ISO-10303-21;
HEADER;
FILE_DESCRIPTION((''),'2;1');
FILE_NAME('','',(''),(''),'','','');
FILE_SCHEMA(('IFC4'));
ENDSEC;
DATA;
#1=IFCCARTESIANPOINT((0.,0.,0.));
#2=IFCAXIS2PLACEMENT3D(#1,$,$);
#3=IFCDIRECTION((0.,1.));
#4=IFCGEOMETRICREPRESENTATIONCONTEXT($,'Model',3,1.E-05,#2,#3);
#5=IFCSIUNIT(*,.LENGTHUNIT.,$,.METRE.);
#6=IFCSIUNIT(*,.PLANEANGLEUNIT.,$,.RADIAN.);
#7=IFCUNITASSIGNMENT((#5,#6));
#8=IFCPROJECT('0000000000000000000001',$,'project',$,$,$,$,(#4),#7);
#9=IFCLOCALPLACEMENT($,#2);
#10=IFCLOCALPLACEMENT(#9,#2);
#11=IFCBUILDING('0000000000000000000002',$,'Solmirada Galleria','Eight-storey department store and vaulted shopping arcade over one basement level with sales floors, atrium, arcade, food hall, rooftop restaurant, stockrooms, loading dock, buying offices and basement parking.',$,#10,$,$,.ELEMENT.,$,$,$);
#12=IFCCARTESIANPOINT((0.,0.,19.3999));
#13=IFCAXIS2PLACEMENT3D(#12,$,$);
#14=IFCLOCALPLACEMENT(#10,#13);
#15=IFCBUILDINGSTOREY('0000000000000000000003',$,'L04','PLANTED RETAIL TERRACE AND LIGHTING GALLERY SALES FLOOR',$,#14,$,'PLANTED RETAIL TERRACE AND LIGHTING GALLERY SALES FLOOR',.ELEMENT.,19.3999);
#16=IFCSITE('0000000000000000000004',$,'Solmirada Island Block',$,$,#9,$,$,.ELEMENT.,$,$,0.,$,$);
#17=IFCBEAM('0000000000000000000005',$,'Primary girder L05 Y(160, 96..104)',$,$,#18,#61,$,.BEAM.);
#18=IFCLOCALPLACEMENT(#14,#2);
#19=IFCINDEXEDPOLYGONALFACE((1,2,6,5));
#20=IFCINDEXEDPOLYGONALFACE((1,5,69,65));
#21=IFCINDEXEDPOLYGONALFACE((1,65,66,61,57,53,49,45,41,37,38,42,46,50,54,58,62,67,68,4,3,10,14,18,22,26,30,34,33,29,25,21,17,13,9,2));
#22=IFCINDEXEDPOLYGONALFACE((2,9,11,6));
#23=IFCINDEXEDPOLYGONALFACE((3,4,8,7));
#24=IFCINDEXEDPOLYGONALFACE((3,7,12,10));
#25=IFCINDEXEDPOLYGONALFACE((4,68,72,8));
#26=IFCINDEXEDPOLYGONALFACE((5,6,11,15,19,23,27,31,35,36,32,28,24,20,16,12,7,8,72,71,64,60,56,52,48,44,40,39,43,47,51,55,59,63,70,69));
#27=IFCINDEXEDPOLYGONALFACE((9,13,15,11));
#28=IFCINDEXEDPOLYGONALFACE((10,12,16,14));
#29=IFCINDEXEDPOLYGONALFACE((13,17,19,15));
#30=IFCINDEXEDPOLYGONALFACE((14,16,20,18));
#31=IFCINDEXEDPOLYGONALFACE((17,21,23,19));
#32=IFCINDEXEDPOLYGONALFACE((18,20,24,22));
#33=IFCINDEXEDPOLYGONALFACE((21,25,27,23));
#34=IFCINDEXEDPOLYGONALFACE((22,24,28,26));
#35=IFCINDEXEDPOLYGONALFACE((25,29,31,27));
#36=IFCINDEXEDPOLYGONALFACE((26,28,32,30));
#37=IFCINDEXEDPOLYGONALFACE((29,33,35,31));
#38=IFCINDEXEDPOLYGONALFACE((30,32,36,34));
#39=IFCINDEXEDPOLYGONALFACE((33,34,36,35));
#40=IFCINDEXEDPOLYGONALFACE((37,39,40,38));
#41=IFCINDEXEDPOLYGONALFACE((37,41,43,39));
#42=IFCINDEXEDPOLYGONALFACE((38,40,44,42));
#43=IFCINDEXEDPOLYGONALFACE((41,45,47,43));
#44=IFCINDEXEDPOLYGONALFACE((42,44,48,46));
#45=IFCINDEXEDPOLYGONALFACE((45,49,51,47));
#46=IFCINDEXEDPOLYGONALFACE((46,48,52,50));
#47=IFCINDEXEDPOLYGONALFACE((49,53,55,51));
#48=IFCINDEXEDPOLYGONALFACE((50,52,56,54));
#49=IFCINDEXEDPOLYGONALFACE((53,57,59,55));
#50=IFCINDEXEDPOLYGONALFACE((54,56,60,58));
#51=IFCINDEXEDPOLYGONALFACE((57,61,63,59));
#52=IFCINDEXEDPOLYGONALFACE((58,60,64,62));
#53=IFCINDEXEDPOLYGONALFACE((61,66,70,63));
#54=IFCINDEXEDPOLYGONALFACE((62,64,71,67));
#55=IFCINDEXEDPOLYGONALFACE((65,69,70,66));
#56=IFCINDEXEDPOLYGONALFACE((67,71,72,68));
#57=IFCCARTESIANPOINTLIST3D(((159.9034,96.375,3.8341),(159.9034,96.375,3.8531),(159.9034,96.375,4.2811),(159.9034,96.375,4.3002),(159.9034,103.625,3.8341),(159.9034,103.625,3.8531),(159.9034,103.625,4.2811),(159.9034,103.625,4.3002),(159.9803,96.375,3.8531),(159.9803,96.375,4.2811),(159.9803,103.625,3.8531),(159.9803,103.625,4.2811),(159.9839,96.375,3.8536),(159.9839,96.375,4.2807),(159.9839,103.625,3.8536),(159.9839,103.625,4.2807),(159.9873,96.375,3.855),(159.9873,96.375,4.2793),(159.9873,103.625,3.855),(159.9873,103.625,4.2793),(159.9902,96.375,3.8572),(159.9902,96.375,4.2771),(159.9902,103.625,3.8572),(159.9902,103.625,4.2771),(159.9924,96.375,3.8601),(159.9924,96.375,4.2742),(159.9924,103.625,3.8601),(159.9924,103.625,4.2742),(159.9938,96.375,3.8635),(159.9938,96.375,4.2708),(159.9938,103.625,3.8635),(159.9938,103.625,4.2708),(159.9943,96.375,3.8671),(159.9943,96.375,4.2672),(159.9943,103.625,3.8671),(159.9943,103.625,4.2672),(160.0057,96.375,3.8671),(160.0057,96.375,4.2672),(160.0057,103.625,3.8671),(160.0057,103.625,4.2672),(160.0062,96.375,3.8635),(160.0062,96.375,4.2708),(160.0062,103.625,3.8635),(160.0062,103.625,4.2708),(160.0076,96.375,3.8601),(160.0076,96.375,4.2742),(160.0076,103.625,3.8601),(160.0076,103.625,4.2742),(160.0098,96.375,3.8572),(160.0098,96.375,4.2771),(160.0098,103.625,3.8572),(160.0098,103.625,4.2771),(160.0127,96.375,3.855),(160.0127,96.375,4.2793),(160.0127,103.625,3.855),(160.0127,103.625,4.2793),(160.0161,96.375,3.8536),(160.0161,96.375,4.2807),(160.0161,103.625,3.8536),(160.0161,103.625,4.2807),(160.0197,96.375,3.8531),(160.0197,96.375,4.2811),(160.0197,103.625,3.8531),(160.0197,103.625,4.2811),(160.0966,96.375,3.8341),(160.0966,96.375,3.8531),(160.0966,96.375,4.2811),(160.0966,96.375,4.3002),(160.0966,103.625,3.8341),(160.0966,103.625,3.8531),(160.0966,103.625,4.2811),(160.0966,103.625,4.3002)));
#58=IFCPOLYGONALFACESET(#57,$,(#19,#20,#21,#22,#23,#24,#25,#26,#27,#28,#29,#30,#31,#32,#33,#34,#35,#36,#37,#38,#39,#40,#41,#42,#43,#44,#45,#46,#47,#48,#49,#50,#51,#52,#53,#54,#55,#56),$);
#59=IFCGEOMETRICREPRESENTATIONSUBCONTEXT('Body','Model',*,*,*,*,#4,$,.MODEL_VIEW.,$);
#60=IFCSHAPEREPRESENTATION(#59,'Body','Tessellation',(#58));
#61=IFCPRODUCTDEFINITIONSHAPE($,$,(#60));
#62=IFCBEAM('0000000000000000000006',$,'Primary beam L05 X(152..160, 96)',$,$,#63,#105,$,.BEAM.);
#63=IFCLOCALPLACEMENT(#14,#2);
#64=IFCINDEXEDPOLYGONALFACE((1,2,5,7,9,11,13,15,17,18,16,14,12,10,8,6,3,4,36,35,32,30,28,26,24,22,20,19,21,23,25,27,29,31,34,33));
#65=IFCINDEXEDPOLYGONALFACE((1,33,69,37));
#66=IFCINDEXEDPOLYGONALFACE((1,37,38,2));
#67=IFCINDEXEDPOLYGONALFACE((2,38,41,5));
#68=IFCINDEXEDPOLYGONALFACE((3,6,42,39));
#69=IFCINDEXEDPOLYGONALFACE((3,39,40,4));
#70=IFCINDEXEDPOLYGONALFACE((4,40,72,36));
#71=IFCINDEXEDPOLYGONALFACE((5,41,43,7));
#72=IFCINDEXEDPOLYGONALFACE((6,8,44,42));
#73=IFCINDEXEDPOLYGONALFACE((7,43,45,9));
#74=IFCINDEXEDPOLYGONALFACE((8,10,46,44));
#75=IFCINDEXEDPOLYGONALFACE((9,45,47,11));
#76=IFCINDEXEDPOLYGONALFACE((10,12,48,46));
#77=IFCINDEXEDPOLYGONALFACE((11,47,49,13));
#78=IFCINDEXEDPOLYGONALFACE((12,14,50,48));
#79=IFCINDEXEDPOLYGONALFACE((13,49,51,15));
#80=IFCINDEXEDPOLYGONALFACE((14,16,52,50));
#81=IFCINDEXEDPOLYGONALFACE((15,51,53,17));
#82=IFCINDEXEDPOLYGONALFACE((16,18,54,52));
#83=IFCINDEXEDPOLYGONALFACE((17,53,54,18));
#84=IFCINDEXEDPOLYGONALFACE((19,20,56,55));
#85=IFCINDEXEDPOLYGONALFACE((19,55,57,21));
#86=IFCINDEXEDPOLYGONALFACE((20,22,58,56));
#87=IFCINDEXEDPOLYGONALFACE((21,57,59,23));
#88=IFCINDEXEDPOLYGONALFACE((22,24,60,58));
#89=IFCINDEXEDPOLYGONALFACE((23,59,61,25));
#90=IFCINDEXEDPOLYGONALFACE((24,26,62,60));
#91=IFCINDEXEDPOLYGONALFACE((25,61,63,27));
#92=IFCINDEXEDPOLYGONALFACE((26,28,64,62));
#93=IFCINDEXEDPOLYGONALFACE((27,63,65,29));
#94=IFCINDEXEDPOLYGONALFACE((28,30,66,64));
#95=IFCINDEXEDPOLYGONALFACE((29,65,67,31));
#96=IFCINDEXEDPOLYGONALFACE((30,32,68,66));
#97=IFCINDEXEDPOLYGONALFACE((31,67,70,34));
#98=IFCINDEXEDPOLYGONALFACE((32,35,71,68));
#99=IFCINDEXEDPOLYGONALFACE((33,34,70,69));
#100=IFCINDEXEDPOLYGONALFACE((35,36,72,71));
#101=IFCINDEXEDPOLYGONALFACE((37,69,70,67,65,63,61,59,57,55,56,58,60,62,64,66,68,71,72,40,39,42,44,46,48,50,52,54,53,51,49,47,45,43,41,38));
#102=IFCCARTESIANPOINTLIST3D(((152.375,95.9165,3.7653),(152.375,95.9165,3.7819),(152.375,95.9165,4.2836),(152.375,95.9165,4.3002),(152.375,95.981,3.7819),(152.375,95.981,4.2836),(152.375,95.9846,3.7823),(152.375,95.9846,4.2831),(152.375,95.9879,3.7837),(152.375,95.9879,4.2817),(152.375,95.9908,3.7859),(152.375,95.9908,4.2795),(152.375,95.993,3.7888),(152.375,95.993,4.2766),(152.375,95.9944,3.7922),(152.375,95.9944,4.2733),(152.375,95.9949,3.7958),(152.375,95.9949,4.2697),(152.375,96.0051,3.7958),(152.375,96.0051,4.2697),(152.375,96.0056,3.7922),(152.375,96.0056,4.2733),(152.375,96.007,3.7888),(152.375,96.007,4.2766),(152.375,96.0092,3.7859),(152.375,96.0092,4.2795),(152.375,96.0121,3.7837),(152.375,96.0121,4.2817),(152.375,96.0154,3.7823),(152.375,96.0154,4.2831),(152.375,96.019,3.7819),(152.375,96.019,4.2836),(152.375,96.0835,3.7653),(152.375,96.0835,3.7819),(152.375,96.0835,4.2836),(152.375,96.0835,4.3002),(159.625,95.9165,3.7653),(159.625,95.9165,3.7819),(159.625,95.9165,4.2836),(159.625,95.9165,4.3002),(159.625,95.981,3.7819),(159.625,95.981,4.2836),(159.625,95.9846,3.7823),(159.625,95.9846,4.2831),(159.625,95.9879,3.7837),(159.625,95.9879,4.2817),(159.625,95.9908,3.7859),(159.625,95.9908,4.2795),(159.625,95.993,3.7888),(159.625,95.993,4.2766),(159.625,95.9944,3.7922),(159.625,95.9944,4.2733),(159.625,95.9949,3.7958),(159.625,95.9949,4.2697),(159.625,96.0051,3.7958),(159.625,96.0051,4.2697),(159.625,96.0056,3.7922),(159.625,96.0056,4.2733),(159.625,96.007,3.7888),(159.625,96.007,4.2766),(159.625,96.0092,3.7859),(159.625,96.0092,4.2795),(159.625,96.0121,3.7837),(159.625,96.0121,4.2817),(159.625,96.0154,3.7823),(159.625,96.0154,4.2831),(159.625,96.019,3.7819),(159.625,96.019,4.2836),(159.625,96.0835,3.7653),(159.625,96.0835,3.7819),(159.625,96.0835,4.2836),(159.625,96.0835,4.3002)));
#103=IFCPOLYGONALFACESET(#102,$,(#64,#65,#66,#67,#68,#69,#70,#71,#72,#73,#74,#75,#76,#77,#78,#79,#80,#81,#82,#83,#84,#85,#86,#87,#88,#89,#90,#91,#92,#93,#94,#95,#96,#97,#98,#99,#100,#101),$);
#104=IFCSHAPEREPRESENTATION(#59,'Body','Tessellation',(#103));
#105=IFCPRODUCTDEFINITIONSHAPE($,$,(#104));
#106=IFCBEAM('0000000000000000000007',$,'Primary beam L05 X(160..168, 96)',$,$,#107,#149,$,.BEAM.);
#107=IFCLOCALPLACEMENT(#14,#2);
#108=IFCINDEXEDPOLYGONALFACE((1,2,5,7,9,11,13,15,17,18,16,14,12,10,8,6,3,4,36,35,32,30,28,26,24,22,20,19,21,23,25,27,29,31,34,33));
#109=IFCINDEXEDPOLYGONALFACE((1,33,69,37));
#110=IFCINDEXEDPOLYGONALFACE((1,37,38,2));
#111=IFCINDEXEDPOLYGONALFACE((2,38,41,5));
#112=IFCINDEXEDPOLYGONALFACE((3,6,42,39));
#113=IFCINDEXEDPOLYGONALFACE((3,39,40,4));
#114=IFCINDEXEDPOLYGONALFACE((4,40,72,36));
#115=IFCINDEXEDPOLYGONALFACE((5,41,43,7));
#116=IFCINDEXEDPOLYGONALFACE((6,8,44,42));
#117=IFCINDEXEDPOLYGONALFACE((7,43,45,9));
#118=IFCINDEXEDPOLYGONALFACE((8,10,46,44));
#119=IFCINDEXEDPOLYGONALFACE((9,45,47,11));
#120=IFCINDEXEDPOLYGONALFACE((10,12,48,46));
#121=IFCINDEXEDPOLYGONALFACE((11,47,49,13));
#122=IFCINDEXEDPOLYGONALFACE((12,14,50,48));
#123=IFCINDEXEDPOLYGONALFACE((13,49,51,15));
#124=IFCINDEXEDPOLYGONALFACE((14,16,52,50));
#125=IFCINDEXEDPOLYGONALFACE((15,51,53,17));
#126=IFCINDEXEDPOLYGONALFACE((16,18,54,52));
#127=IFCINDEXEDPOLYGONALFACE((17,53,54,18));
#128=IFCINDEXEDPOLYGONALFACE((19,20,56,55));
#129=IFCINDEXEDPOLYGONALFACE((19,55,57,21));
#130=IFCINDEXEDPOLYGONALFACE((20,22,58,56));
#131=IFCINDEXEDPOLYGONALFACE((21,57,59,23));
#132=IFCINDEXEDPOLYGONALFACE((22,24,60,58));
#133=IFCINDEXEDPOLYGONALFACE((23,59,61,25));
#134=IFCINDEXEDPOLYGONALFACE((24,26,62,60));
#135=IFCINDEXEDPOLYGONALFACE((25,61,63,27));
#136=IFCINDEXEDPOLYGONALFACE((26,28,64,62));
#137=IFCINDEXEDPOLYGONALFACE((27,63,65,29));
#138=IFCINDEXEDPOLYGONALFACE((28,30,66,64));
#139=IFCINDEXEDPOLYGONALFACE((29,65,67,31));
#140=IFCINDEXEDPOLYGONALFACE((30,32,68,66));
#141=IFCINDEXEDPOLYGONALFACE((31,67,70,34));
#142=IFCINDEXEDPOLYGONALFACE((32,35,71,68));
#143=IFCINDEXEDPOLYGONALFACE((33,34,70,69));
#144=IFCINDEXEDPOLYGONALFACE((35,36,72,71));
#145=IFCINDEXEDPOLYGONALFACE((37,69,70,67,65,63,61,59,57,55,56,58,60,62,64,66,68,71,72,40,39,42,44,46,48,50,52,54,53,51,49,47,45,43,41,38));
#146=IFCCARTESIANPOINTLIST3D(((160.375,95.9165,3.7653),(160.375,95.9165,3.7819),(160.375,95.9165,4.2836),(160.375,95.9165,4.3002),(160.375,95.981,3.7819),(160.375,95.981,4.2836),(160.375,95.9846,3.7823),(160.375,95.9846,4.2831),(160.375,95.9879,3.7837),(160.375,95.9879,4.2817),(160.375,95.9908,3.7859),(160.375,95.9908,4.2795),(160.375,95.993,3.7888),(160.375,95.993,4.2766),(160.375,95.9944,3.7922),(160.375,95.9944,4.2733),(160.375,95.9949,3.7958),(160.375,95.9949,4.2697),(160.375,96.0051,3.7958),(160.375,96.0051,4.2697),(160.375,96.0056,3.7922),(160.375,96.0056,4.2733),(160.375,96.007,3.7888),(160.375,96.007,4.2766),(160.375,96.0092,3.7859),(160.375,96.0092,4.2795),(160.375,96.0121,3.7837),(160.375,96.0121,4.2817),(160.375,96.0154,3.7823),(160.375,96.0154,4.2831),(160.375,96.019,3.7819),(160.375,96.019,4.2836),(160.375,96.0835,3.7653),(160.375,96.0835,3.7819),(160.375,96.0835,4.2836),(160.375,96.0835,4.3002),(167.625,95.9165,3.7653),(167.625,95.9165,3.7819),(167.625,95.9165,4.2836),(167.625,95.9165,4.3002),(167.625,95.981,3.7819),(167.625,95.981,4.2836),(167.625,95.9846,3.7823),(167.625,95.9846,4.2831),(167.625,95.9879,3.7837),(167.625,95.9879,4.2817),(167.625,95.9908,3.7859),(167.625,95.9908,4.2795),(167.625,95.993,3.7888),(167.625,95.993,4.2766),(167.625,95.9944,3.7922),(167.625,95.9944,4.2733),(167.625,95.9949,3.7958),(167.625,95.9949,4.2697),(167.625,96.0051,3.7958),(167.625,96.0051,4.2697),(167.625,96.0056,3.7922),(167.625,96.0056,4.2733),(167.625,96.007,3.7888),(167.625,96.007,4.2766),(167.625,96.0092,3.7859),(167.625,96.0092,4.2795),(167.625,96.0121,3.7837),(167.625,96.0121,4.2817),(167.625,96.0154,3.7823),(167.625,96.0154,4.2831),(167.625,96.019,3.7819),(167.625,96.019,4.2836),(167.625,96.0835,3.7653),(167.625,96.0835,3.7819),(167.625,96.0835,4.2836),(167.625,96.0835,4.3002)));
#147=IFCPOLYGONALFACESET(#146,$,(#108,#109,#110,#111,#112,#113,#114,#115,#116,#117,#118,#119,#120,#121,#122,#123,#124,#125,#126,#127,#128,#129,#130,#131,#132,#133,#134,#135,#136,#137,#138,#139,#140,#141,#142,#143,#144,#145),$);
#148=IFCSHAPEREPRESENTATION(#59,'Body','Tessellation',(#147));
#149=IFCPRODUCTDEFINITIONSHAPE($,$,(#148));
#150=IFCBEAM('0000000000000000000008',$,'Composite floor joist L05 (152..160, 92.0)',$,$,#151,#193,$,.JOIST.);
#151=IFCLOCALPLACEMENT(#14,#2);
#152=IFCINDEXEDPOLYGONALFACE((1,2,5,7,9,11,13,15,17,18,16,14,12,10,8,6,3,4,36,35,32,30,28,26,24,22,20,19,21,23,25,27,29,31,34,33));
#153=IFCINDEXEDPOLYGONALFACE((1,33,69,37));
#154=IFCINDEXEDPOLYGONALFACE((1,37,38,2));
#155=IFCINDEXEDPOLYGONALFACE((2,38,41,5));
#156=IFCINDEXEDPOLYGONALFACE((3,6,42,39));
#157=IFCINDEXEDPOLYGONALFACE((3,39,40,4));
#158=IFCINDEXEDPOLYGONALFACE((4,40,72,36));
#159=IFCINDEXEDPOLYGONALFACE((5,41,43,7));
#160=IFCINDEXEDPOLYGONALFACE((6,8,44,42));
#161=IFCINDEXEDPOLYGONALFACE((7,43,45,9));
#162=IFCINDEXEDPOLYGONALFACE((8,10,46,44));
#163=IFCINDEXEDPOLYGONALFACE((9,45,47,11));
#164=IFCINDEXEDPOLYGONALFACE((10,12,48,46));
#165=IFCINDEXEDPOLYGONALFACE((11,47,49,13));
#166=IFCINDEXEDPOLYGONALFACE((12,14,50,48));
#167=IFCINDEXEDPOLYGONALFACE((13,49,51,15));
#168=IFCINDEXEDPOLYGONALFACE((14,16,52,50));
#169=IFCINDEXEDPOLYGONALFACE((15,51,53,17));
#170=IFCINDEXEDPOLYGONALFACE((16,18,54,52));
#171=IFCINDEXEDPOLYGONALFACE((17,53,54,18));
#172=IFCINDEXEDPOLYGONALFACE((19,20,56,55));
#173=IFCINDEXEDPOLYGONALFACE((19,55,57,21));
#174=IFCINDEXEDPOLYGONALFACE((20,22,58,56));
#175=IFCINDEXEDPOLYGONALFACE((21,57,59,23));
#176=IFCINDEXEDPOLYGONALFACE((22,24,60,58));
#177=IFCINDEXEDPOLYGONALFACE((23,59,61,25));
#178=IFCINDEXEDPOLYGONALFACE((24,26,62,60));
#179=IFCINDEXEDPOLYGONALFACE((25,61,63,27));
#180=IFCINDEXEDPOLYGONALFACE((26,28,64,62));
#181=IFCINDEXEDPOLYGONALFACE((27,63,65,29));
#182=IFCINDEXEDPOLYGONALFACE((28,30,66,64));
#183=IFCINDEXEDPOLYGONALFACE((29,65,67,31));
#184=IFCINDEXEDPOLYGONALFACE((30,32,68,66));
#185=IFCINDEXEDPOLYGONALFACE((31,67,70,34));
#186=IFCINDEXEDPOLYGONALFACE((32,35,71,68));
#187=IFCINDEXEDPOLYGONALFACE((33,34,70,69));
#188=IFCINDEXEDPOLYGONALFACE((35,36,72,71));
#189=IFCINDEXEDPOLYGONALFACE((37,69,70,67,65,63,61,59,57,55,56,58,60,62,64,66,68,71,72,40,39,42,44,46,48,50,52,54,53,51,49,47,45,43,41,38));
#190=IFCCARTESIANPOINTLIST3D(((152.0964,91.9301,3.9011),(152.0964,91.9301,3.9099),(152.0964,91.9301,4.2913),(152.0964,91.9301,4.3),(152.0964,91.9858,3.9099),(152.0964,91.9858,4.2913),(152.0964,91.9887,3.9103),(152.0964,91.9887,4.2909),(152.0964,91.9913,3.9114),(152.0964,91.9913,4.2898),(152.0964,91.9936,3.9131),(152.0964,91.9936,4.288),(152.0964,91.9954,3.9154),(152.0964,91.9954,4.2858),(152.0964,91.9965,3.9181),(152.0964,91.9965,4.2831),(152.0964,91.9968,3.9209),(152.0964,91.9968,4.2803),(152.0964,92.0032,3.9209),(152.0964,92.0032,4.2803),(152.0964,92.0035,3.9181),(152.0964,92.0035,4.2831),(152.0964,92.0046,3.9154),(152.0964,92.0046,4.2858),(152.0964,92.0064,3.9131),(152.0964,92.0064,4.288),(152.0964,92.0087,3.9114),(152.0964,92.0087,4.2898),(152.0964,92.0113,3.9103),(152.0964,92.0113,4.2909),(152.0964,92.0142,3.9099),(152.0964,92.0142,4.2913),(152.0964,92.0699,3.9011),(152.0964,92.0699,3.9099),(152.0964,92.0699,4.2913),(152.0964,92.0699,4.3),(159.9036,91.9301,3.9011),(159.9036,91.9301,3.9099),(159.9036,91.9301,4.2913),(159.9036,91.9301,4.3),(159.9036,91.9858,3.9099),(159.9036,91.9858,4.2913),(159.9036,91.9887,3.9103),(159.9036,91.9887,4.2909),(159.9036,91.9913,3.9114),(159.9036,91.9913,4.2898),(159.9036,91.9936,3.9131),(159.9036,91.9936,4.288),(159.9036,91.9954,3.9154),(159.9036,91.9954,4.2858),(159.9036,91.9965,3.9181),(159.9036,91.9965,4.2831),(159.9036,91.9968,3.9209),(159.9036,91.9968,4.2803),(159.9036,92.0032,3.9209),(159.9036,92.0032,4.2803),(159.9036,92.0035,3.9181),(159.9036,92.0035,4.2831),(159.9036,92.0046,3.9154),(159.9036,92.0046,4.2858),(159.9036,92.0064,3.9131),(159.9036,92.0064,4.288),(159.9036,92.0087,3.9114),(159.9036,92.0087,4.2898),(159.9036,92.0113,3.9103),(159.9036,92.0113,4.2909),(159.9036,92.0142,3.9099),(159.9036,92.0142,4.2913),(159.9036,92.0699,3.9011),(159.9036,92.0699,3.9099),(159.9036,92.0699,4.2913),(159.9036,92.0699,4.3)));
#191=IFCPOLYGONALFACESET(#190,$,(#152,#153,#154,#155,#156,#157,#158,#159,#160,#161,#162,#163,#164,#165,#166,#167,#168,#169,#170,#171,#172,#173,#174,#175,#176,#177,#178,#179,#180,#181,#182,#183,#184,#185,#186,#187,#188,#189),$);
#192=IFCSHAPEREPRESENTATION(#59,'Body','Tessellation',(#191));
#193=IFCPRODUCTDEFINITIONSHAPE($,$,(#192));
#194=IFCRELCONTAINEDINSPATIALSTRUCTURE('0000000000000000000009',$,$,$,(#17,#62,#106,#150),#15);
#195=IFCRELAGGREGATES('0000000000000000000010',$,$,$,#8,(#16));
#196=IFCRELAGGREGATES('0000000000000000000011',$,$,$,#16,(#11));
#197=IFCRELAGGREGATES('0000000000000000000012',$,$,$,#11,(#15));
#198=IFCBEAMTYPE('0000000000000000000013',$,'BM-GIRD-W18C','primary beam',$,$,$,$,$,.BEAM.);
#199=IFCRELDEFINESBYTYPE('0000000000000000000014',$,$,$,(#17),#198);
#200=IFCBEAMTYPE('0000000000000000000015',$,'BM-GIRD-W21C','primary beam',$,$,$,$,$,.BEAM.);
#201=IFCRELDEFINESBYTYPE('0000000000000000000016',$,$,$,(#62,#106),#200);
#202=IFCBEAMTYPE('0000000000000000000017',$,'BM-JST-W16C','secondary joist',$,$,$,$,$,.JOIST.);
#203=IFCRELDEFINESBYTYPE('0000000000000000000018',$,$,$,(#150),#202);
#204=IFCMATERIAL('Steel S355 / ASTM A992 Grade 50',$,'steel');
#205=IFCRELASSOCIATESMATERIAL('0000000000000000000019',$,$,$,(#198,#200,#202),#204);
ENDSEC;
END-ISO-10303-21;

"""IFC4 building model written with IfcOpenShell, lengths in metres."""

from ifc_helpers import new_model, si_unit, direction, frame, origin, origin_2d, place, context, subcontext, project, spatial, i_section, extrude, material, material_profile, profile_set, type_object, element, save


model = new_model("IFC4")

# Units and contexts
model_context = context("Model", 3, precision=1e-05, world=origin(), true_north=direction((0.0, 1.0)))
body_context = subcontext(model_context, "Body", "Model", "MODEL_VIEW")
ifc_project = project(units=[si_unit("LENGTHUNIT", "METRE"), si_unit("PLANEANGLEUNIT", "RADIAN")], contexts=[model_context])

# Site, building, storey
site_placement = place(None, origin())
site = spatial("IfcSite", under=ifc_project, at=site_placement, Name="Solmirada Island Block", CompositionType="ELEMENT", RefElevation=0.0)
building_placement = place(site_placement, origin())
building = spatial("IfcBuilding", under=site, at=building_placement, Name="Solmirada Galleria", Description="Eight-storey department store and vaulted shopping arcade over one basement level with sales floors, atrium, arcade, food hall, rooftop restaurant, stockrooms, loading dock, buying offices and basement parking.", CompositionType="ELEMENT")
storey_placement = place(building_placement, frame((0.0, 0.0, 19.3999)))
storey = spatial("IfcBuildingStorey", under=building, at=storey_placement, Name="L04", Description="PLANTED RETAIL TERRACE AND LIGHTING GALLERY SALES FLOOR", LongName="PLANTED RETAIL TERRACE AND LIGHTING GALLERY SALES FLOOR", CompositionType="ELEMENT", Elevation=19.3999)

# Beams
ifc_material_1 = material(Name="Steel S355 / ASTM A992 Grade 50", Category="steel")
ifc_material_profile_1 = material_profile(ifc_material_1, i_section(OverallWidth=0.1931, OverallDepth=0.4661, WebThickness=0.0115, FlangeThickness=0.019, FilletRadius=0.0139, at=origin_2d()), Name="W18X65")
ifc_profile_set_1 = profile_set([ifc_material_profile_1], Name="Steel S355 / ASTM A992 Grade 50")
beam_type_1 = type_object("IfcBeamType", Name="BM-GIRD-W18C", Description="primary beam", PredefinedType="BEAM", material=ifc_profile_set_1)
for number, where, z_axis, x_axis, name in (
    (1, (160.0, 96.375, 4.0671), (0.0, 1.0, 0.0), (-1.0, 0.0, 0.0), "Primary girder L05 Y(160, 96..104)"),
):
    element("IfcBeam", number, at=place(storey_placement, frame(where, z_axis=z_axis, x_axis=x_axis)), inside=storey, type_object=beam_type_1, Name=name, PredefinedType="BEAM", context=body_context, shape_type="SweptSolid", body=[
        extrude(i_section(OverallWidth=0.1931, OverallDepth=0.4661, WebThickness=0.0115, FlangeThickness=0.019, FilletRadius=0.0139, at=origin_2d()), origin(), (0.0, 0.0, 1.0), 7.25),
    ])
ifc_material_profile_2 = material_profile(ifc_material_1, i_section(OverallWidth=0.167, OverallDepth=0.5349, WebThickness=0.0103, FlangeThickness=0.0166, FilletRadius=0.0139, at=origin_2d()), Name="W21X57")
ifc_profile_set_2 = profile_set([ifc_material_profile_2], Name="Steel S355 / ASTM A992 Grade 50")
beam_type_2 = type_object("IfcBeamType", Name="BM-GIRD-W21C", Description="primary beam", PredefinedType="BEAM", material=ifc_profile_set_2)
for number, where, z_axis, x_axis, name in (
    (2, (152.375, 96.0, 4.0327), (1.0, 0.0, 0.0), (0.0, 1.0, 0.0), "Primary beam L05 X(152..160, 96)"),
    (3, (160.375, 96.0, 4.0327), (1.0, 0.0, 0.0), (0.0, 1.0, 0.0), "Primary beam L05 X(160..168, 96)"),
):
    element("IfcBeam", number, at=place(storey_placement, frame(where, z_axis=z_axis, x_axis=x_axis)), inside=storey, type_object=beam_type_2, Name=name, PredefinedType="BEAM", context=body_context, shape_type="SweptSolid", body=[
        extrude(i_section(OverallWidth=0.167, OverallDepth=0.5349, WebThickness=0.0103, FlangeThickness=0.0166, FilletRadius=0.0139, at=origin_2d()), origin(), (0.0, 0.0, 1.0), 7.25),
    ])
ifc_material_profile_3 = material_profile(ifc_material_1, i_section(OverallWidth=0.1399, OverallDepth=0.3989, WebThickness=0.0063, FlangeThickness=0.0088, FilletRadius=0.011, at=origin_2d()), Name="W16X26")
ifc_profile_set_3 = profile_set([ifc_material_profile_3], Name="Steel S355 / ASTM A992 Grade 50")
beam_type_3 = type_object("IfcBeamType", Name="BM-JST-W16C", Description="secondary joist", PredefinedType="JOIST", material=ifc_profile_set_3)
for number, where, z_axis, x_axis, name in (
    (4, (152.0964, 92.0, 4.1006), (1.0, 0.0, 0.0), (0.0, 1.0, 0.0), "Composite floor joist L05 (152..160, 92.0)"),
):
    element("IfcBeam", number, at=place(storey_placement, frame(where, z_axis=z_axis, x_axis=x_axis)), inside=storey, type_object=beam_type_3, Name=name, PredefinedType="JOIST", context=body_context, shape_type="SweptSolid", body=[
        extrude(i_section(OverallWidth=0.1399, OverallDepth=0.3989, WebThickness=0.0063, FlangeThickness=0.0088, FilletRadius=0.011, at=origin_2d()), origin(), (0.0, 0.0, 1.0), 7.8071),
    ])

save(model, "model.ifc")
